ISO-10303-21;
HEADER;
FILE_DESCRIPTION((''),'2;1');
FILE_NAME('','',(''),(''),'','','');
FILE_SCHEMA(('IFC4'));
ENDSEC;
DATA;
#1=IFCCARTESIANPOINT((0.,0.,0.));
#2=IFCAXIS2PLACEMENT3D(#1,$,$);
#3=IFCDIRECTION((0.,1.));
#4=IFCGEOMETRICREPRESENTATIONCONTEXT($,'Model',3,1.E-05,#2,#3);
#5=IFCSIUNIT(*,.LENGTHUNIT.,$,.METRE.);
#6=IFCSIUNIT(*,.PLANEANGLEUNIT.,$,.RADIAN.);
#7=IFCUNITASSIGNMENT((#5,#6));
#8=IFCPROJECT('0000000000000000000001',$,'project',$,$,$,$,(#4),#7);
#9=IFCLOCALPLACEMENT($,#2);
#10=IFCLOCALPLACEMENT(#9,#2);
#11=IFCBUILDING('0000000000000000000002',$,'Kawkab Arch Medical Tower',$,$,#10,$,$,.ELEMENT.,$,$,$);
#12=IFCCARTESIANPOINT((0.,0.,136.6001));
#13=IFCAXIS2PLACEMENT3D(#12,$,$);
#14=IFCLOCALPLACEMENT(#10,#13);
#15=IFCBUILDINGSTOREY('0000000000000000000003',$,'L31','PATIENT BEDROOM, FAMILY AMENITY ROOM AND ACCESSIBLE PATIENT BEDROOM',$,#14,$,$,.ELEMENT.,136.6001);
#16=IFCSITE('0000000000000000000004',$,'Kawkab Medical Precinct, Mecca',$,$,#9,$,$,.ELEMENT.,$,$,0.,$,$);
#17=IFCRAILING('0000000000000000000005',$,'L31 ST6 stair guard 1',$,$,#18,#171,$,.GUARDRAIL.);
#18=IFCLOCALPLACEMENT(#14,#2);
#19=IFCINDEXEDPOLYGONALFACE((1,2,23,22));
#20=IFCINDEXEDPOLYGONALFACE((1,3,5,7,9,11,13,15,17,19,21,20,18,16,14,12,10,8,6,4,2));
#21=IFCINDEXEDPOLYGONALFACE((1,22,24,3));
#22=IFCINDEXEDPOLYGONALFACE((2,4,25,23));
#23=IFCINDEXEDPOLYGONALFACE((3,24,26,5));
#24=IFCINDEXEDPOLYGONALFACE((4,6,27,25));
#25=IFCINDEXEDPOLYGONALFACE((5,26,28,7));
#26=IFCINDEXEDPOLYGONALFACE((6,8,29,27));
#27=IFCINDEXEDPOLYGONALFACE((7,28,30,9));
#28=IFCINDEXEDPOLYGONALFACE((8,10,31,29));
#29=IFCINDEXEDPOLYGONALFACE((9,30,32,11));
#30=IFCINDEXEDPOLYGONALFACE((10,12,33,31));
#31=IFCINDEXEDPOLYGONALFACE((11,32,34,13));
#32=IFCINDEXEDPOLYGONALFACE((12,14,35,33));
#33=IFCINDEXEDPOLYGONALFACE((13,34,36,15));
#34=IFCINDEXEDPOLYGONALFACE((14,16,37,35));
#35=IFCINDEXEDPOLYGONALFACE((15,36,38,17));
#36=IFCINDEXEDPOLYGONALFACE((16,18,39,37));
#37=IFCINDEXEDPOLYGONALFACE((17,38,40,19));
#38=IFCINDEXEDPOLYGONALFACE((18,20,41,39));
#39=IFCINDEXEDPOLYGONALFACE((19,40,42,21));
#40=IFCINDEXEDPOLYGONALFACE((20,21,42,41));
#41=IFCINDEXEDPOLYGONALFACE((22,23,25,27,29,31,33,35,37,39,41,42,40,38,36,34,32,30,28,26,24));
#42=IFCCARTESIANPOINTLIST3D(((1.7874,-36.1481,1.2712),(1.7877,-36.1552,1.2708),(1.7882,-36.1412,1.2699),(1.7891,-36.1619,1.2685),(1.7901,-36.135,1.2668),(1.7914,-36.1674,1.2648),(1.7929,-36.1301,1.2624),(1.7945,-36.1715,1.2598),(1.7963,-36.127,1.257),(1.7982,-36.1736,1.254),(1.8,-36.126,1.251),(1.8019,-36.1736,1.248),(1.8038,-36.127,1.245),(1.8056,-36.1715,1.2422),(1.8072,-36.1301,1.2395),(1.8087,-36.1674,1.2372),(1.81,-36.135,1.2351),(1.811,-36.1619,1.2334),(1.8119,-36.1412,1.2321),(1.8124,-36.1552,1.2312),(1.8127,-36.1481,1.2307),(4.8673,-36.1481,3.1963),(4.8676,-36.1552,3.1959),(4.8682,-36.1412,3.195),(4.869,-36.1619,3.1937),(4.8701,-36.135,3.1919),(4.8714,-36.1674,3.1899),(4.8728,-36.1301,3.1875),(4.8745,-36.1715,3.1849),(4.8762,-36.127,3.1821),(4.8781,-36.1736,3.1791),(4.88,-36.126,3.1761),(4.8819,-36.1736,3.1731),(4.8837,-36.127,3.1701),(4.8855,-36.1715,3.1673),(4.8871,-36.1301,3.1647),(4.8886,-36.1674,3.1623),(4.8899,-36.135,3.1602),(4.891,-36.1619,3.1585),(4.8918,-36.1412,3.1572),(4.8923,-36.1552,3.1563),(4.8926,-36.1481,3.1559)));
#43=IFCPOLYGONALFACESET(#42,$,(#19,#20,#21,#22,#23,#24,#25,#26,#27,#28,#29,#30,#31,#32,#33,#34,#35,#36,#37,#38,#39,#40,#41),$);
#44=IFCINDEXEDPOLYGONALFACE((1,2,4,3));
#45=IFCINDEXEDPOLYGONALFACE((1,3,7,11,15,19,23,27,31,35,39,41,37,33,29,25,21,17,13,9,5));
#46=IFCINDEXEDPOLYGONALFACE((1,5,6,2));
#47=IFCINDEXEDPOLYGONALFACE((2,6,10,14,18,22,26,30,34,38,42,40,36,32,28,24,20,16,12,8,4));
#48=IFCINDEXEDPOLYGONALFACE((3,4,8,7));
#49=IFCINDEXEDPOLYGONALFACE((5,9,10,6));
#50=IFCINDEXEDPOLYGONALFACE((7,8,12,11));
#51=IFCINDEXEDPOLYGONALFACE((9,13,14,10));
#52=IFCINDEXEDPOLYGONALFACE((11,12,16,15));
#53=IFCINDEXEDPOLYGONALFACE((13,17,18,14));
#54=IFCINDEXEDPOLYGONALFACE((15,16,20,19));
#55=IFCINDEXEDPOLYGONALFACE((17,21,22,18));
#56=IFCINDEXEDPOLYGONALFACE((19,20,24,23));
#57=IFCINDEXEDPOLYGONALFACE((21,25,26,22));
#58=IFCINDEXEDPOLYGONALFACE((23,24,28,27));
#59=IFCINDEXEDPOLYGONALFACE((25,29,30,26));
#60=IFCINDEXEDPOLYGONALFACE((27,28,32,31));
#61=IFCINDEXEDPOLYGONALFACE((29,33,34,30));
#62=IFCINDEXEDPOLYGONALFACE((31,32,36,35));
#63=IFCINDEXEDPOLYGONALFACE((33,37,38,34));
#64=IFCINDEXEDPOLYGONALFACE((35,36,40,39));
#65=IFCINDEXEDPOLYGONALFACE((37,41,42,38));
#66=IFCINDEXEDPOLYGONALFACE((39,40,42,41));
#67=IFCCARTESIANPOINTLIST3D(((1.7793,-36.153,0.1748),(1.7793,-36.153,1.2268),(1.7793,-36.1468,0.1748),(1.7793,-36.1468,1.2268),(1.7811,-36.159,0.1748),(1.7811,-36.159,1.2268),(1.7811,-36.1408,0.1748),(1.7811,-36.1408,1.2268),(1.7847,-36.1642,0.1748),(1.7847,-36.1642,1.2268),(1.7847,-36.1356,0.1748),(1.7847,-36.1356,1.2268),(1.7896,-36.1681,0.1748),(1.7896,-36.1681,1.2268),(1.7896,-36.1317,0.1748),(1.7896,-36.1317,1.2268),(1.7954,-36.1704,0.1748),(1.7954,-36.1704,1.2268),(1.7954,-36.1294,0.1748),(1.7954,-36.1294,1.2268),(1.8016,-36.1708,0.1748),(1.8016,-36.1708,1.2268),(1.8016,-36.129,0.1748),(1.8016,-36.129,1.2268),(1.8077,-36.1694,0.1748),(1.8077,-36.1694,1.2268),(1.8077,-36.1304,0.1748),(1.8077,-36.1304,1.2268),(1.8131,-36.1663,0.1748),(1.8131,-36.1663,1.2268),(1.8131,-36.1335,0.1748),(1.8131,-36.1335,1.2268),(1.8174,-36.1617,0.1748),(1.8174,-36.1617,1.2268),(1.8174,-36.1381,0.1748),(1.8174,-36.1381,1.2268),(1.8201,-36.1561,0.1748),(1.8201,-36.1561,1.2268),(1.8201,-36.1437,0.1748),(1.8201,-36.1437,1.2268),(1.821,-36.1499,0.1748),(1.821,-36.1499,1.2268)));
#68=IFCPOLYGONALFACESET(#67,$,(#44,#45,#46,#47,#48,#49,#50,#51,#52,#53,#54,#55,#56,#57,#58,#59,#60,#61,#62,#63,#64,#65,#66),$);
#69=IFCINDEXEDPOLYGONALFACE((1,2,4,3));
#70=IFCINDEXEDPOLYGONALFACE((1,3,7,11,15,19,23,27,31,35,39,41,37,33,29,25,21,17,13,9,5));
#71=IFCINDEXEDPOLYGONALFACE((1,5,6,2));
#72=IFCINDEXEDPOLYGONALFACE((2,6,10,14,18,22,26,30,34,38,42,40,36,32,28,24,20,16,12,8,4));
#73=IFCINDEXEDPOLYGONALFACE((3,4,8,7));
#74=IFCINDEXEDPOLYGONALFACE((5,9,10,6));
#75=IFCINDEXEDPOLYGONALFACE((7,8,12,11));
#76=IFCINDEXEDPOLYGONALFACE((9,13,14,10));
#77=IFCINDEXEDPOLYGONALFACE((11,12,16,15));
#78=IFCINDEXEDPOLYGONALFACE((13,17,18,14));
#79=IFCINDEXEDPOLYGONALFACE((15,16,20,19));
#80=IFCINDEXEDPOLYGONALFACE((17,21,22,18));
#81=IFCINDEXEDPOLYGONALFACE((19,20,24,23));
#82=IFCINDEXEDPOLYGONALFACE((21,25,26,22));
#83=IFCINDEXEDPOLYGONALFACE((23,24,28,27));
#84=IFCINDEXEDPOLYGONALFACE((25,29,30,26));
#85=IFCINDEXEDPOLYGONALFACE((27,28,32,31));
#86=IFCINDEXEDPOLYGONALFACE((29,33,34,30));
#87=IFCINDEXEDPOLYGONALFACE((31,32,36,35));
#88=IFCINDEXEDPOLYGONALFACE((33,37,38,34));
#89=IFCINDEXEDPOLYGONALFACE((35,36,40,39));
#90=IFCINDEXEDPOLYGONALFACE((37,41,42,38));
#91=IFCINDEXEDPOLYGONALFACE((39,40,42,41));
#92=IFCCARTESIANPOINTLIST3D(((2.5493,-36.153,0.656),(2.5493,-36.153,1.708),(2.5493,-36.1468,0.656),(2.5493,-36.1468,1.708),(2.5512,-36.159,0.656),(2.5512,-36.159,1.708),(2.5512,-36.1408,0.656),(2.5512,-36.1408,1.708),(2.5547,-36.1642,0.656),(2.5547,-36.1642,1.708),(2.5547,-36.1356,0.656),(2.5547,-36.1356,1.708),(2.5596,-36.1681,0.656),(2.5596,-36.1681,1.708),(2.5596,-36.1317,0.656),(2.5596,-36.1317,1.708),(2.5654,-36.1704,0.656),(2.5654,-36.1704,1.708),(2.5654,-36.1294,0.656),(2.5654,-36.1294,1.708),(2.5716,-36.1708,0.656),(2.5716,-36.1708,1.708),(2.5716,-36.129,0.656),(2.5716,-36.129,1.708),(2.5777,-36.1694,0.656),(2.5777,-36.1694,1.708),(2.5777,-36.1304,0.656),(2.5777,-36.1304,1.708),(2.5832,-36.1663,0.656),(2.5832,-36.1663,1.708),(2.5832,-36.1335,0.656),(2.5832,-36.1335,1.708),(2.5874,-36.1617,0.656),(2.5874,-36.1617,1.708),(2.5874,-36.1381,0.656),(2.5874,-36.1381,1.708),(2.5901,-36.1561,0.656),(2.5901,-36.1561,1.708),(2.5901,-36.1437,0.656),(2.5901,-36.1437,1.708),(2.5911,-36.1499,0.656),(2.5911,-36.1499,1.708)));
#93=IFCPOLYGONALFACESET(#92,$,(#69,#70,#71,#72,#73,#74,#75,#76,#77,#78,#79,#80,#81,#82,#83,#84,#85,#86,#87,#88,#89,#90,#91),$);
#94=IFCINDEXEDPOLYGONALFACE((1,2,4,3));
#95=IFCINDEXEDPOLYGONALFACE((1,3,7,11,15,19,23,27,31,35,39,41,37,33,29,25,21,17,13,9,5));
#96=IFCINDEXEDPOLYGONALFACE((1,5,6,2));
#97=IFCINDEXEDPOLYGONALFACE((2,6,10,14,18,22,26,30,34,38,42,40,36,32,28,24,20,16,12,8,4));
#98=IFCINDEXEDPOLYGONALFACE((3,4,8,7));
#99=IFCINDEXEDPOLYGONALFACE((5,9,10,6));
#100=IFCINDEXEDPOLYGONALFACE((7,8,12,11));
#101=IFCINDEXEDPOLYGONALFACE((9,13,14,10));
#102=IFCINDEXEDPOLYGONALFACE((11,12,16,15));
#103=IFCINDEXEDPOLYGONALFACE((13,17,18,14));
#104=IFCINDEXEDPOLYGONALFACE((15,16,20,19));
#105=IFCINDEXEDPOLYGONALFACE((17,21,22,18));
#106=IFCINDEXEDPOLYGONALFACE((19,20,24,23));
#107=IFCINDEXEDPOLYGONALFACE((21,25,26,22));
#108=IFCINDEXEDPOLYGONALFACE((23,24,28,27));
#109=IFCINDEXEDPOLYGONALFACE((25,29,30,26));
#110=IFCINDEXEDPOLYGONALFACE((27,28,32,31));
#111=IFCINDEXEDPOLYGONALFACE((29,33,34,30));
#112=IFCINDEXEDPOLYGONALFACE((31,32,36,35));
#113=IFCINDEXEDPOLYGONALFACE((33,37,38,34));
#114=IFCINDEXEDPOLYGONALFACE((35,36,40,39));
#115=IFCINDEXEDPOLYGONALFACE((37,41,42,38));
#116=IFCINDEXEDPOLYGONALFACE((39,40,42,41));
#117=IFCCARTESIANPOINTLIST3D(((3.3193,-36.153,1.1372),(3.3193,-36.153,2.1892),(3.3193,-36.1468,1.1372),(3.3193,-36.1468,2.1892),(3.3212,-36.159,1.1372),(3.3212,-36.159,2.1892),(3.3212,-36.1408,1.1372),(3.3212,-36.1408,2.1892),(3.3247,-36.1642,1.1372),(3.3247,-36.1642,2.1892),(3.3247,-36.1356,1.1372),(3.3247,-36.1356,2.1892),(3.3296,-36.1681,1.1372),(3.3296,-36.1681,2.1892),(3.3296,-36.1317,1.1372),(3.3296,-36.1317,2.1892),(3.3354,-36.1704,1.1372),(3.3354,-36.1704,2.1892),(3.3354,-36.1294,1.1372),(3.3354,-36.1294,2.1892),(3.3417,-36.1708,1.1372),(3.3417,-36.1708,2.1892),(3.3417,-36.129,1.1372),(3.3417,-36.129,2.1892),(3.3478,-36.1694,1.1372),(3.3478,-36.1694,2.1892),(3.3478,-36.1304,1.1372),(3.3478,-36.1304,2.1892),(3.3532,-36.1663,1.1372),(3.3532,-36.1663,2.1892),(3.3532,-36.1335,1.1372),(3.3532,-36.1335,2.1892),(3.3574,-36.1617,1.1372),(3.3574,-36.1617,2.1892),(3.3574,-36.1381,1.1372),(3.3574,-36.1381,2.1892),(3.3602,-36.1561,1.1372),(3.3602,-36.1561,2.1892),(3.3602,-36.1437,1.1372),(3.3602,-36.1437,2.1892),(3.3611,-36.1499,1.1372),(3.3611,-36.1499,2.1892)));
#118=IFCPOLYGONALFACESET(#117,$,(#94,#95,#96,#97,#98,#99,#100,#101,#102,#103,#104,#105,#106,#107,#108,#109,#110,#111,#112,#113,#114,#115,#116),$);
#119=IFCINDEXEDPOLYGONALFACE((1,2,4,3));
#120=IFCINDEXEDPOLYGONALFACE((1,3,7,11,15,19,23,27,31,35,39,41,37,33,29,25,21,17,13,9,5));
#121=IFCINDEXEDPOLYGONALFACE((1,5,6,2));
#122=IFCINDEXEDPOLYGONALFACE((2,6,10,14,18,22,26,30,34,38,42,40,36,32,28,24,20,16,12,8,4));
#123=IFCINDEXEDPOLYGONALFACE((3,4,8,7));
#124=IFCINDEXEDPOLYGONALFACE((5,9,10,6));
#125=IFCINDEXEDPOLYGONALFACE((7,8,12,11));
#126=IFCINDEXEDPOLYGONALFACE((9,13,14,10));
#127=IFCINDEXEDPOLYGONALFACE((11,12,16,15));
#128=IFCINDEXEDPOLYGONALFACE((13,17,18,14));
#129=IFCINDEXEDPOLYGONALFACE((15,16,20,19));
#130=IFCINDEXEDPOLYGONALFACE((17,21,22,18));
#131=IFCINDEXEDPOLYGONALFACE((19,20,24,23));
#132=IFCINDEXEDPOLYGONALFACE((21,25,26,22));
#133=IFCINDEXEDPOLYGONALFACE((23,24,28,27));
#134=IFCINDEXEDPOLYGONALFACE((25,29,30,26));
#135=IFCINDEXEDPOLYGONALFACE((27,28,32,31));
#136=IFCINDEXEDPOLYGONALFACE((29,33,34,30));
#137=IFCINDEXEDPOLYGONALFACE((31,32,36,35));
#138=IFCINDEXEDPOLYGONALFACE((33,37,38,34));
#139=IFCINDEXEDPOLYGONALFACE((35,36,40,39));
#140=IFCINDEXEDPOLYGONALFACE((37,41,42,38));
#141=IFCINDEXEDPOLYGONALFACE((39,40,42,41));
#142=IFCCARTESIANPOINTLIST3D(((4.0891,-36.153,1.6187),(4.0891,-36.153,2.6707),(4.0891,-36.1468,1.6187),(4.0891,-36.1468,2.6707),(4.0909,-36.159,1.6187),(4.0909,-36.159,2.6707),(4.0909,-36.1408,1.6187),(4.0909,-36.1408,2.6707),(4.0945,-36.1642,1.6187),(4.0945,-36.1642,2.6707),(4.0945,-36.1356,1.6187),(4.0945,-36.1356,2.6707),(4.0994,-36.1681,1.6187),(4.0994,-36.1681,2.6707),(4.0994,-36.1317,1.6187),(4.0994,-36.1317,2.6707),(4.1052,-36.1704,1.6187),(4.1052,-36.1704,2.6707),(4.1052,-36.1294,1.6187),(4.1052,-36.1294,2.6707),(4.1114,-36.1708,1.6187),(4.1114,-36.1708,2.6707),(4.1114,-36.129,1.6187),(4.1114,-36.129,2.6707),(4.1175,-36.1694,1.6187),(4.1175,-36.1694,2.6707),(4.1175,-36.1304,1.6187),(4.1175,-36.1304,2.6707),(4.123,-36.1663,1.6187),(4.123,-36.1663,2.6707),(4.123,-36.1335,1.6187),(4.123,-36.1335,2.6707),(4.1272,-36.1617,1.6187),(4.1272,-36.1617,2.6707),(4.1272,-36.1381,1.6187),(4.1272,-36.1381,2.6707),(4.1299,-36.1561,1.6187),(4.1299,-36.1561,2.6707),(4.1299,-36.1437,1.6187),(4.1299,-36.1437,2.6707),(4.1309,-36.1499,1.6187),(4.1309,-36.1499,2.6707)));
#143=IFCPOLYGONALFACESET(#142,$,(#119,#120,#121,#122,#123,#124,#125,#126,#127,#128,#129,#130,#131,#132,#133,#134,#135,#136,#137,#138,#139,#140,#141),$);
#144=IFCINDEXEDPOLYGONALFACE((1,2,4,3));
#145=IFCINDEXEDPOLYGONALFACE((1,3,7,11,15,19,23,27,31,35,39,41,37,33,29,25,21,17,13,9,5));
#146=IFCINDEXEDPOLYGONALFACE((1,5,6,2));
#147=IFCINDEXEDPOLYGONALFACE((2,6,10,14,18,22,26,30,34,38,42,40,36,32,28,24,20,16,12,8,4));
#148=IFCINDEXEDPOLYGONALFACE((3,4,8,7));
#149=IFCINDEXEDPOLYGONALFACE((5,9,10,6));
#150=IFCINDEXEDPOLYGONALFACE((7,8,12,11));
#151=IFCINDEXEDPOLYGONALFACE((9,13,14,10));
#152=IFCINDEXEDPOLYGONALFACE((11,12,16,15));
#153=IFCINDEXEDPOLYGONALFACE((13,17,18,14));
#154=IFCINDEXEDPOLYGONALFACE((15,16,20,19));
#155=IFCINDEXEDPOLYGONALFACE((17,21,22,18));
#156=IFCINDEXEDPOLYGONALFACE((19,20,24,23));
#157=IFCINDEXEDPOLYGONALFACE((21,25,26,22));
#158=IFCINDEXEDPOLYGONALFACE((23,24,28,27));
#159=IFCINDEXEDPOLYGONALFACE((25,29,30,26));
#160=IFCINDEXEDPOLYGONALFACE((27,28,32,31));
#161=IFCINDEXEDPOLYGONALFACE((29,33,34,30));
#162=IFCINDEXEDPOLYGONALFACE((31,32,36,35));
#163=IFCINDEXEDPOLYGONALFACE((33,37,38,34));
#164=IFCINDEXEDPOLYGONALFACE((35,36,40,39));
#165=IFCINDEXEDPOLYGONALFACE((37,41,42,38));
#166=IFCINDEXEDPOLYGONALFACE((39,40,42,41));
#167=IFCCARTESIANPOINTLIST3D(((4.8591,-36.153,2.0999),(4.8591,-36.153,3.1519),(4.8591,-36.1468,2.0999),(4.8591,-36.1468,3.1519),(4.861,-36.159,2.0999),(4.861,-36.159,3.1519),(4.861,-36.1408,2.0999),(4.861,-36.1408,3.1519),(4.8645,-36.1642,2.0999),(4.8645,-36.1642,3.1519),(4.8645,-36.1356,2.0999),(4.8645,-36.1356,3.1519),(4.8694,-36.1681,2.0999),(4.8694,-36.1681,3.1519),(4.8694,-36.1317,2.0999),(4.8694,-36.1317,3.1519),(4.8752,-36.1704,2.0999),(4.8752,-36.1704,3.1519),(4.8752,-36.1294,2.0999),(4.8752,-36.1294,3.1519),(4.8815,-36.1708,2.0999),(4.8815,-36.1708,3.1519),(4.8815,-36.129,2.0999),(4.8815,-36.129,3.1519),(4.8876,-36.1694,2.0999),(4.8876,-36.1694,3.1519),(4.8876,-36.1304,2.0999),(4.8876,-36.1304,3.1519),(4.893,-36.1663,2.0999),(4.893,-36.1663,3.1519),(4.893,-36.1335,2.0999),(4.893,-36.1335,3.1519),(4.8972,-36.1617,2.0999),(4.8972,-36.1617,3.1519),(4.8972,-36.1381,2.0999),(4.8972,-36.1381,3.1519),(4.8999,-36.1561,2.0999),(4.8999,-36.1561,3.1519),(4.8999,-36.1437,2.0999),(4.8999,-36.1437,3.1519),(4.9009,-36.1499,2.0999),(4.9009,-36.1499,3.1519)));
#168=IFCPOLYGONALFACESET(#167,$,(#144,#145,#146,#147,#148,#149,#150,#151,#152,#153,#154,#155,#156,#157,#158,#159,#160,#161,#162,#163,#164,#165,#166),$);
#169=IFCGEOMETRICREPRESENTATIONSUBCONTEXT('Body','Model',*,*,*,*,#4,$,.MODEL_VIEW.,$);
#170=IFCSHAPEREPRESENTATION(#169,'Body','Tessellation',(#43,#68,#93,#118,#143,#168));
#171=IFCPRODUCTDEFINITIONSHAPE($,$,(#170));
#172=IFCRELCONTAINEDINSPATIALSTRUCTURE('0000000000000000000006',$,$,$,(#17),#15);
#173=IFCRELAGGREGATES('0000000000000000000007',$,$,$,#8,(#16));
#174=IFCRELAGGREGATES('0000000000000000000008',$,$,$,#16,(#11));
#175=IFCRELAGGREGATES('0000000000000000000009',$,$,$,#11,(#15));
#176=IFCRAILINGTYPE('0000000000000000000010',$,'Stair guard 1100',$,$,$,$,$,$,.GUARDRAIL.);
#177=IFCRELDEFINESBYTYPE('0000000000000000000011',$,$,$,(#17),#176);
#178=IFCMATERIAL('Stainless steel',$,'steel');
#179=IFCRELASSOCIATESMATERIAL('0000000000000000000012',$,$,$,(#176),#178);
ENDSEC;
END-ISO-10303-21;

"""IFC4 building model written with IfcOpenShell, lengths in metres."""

from ifc_helpers import new_model, si_unit, direction, frame, origin, origin_2d, place, context, subcontext, project, spatial, circle, extrude, material, type_object, element, save


model = new_model("IFC4")

# Units and contexts
model_context = context("Model", 3, precision=1e-05, world=origin(), true_north=direction((0.0, 1.0)))
body_context = subcontext(model_context, "Body", "Model", "MODEL_VIEW")
ifc_project = project(units=[si_unit("LENGTHUNIT", "METRE"), si_unit("PLANEANGLEUNIT", "RADIAN")], contexts=[model_context])

# Site, building, storey
site_placement = place(None, origin())
site = spatial("IfcSite", under=ifc_project, at=site_placement, Name="Kawkab Medical Precinct, Mecca", CompositionType="ELEMENT", RefElevation=0.0)
building_placement = place(site_placement, origin())
building = spatial("IfcBuilding", under=site, at=building_placement, Name="Kawkab Arch Medical Tower", CompositionType="ELEMENT")
storey_placement = place(building_placement, frame((0.0, 0.0, 136.6001)))
storey = spatial("IfcBuildingStorey", under=building, at=storey_placement, Name="L31", Description="PATIENT BEDROOM, FAMILY AMENITY ROOM AND ACCESSIBLE PATIENT BEDROOM", CompositionType="ELEMENT", Elevation=136.6001)

# Railing
ifc_material_1 = material(Name="Stainless steel", Category="steel")
railing_type = type_object("IfcRailingType", Name="Stair guard 1100", PredefinedType="GUARDRAIL", material=ifc_material_1)
railing_1_placement = place(storey_placement, frame((1.8, -36.1499, 0.1748)))
element("IfcRailing", 1, at=railing_1_placement, inside=storey, type_object=railing_type, Name="L31 ST6 stair guard 1", PredefinedType="GUARDRAIL", context=body_context, shape_type="SweptSolid", body=[
    extrude(circle(Radius=0.0239, at=origin_2d()), frame((0.0, 0.0, 1.0762), z_axis=(0.847979, 0.0, 0.530029), x_axis=(0.0, 1.0, 0.0)), (0.0, 0.0, 1.0), 3.6321),
    extrude(circle(Radius=0.021, at=origin_2d()), origin(), (0.0, 0.0, 1.0), 1.052),
    extrude(circle(Radius=0.021, at=origin_2d()), frame((0.77, 0.0, 0.4812)), (0.0, 0.0, 1.0), 1.052),
    extrude(circle(Radius=0.021, at=origin_2d()), frame((1.54, 0.0, 0.9624)), (0.0, 0.0, 1.0), 1.052),
    extrude(circle(Radius=0.021, at=origin_2d()), frame((2.3098, 0.0, 1.4438)), (0.0, 0.0, 1.0), 1.052),
    extrude(circle(Radius=0.021, at=origin_2d()), frame((3.0798, 0.0, 1.925)), (0.0, 0.0, 1.0), 1.052),
])

save(model, "model.ifc")
